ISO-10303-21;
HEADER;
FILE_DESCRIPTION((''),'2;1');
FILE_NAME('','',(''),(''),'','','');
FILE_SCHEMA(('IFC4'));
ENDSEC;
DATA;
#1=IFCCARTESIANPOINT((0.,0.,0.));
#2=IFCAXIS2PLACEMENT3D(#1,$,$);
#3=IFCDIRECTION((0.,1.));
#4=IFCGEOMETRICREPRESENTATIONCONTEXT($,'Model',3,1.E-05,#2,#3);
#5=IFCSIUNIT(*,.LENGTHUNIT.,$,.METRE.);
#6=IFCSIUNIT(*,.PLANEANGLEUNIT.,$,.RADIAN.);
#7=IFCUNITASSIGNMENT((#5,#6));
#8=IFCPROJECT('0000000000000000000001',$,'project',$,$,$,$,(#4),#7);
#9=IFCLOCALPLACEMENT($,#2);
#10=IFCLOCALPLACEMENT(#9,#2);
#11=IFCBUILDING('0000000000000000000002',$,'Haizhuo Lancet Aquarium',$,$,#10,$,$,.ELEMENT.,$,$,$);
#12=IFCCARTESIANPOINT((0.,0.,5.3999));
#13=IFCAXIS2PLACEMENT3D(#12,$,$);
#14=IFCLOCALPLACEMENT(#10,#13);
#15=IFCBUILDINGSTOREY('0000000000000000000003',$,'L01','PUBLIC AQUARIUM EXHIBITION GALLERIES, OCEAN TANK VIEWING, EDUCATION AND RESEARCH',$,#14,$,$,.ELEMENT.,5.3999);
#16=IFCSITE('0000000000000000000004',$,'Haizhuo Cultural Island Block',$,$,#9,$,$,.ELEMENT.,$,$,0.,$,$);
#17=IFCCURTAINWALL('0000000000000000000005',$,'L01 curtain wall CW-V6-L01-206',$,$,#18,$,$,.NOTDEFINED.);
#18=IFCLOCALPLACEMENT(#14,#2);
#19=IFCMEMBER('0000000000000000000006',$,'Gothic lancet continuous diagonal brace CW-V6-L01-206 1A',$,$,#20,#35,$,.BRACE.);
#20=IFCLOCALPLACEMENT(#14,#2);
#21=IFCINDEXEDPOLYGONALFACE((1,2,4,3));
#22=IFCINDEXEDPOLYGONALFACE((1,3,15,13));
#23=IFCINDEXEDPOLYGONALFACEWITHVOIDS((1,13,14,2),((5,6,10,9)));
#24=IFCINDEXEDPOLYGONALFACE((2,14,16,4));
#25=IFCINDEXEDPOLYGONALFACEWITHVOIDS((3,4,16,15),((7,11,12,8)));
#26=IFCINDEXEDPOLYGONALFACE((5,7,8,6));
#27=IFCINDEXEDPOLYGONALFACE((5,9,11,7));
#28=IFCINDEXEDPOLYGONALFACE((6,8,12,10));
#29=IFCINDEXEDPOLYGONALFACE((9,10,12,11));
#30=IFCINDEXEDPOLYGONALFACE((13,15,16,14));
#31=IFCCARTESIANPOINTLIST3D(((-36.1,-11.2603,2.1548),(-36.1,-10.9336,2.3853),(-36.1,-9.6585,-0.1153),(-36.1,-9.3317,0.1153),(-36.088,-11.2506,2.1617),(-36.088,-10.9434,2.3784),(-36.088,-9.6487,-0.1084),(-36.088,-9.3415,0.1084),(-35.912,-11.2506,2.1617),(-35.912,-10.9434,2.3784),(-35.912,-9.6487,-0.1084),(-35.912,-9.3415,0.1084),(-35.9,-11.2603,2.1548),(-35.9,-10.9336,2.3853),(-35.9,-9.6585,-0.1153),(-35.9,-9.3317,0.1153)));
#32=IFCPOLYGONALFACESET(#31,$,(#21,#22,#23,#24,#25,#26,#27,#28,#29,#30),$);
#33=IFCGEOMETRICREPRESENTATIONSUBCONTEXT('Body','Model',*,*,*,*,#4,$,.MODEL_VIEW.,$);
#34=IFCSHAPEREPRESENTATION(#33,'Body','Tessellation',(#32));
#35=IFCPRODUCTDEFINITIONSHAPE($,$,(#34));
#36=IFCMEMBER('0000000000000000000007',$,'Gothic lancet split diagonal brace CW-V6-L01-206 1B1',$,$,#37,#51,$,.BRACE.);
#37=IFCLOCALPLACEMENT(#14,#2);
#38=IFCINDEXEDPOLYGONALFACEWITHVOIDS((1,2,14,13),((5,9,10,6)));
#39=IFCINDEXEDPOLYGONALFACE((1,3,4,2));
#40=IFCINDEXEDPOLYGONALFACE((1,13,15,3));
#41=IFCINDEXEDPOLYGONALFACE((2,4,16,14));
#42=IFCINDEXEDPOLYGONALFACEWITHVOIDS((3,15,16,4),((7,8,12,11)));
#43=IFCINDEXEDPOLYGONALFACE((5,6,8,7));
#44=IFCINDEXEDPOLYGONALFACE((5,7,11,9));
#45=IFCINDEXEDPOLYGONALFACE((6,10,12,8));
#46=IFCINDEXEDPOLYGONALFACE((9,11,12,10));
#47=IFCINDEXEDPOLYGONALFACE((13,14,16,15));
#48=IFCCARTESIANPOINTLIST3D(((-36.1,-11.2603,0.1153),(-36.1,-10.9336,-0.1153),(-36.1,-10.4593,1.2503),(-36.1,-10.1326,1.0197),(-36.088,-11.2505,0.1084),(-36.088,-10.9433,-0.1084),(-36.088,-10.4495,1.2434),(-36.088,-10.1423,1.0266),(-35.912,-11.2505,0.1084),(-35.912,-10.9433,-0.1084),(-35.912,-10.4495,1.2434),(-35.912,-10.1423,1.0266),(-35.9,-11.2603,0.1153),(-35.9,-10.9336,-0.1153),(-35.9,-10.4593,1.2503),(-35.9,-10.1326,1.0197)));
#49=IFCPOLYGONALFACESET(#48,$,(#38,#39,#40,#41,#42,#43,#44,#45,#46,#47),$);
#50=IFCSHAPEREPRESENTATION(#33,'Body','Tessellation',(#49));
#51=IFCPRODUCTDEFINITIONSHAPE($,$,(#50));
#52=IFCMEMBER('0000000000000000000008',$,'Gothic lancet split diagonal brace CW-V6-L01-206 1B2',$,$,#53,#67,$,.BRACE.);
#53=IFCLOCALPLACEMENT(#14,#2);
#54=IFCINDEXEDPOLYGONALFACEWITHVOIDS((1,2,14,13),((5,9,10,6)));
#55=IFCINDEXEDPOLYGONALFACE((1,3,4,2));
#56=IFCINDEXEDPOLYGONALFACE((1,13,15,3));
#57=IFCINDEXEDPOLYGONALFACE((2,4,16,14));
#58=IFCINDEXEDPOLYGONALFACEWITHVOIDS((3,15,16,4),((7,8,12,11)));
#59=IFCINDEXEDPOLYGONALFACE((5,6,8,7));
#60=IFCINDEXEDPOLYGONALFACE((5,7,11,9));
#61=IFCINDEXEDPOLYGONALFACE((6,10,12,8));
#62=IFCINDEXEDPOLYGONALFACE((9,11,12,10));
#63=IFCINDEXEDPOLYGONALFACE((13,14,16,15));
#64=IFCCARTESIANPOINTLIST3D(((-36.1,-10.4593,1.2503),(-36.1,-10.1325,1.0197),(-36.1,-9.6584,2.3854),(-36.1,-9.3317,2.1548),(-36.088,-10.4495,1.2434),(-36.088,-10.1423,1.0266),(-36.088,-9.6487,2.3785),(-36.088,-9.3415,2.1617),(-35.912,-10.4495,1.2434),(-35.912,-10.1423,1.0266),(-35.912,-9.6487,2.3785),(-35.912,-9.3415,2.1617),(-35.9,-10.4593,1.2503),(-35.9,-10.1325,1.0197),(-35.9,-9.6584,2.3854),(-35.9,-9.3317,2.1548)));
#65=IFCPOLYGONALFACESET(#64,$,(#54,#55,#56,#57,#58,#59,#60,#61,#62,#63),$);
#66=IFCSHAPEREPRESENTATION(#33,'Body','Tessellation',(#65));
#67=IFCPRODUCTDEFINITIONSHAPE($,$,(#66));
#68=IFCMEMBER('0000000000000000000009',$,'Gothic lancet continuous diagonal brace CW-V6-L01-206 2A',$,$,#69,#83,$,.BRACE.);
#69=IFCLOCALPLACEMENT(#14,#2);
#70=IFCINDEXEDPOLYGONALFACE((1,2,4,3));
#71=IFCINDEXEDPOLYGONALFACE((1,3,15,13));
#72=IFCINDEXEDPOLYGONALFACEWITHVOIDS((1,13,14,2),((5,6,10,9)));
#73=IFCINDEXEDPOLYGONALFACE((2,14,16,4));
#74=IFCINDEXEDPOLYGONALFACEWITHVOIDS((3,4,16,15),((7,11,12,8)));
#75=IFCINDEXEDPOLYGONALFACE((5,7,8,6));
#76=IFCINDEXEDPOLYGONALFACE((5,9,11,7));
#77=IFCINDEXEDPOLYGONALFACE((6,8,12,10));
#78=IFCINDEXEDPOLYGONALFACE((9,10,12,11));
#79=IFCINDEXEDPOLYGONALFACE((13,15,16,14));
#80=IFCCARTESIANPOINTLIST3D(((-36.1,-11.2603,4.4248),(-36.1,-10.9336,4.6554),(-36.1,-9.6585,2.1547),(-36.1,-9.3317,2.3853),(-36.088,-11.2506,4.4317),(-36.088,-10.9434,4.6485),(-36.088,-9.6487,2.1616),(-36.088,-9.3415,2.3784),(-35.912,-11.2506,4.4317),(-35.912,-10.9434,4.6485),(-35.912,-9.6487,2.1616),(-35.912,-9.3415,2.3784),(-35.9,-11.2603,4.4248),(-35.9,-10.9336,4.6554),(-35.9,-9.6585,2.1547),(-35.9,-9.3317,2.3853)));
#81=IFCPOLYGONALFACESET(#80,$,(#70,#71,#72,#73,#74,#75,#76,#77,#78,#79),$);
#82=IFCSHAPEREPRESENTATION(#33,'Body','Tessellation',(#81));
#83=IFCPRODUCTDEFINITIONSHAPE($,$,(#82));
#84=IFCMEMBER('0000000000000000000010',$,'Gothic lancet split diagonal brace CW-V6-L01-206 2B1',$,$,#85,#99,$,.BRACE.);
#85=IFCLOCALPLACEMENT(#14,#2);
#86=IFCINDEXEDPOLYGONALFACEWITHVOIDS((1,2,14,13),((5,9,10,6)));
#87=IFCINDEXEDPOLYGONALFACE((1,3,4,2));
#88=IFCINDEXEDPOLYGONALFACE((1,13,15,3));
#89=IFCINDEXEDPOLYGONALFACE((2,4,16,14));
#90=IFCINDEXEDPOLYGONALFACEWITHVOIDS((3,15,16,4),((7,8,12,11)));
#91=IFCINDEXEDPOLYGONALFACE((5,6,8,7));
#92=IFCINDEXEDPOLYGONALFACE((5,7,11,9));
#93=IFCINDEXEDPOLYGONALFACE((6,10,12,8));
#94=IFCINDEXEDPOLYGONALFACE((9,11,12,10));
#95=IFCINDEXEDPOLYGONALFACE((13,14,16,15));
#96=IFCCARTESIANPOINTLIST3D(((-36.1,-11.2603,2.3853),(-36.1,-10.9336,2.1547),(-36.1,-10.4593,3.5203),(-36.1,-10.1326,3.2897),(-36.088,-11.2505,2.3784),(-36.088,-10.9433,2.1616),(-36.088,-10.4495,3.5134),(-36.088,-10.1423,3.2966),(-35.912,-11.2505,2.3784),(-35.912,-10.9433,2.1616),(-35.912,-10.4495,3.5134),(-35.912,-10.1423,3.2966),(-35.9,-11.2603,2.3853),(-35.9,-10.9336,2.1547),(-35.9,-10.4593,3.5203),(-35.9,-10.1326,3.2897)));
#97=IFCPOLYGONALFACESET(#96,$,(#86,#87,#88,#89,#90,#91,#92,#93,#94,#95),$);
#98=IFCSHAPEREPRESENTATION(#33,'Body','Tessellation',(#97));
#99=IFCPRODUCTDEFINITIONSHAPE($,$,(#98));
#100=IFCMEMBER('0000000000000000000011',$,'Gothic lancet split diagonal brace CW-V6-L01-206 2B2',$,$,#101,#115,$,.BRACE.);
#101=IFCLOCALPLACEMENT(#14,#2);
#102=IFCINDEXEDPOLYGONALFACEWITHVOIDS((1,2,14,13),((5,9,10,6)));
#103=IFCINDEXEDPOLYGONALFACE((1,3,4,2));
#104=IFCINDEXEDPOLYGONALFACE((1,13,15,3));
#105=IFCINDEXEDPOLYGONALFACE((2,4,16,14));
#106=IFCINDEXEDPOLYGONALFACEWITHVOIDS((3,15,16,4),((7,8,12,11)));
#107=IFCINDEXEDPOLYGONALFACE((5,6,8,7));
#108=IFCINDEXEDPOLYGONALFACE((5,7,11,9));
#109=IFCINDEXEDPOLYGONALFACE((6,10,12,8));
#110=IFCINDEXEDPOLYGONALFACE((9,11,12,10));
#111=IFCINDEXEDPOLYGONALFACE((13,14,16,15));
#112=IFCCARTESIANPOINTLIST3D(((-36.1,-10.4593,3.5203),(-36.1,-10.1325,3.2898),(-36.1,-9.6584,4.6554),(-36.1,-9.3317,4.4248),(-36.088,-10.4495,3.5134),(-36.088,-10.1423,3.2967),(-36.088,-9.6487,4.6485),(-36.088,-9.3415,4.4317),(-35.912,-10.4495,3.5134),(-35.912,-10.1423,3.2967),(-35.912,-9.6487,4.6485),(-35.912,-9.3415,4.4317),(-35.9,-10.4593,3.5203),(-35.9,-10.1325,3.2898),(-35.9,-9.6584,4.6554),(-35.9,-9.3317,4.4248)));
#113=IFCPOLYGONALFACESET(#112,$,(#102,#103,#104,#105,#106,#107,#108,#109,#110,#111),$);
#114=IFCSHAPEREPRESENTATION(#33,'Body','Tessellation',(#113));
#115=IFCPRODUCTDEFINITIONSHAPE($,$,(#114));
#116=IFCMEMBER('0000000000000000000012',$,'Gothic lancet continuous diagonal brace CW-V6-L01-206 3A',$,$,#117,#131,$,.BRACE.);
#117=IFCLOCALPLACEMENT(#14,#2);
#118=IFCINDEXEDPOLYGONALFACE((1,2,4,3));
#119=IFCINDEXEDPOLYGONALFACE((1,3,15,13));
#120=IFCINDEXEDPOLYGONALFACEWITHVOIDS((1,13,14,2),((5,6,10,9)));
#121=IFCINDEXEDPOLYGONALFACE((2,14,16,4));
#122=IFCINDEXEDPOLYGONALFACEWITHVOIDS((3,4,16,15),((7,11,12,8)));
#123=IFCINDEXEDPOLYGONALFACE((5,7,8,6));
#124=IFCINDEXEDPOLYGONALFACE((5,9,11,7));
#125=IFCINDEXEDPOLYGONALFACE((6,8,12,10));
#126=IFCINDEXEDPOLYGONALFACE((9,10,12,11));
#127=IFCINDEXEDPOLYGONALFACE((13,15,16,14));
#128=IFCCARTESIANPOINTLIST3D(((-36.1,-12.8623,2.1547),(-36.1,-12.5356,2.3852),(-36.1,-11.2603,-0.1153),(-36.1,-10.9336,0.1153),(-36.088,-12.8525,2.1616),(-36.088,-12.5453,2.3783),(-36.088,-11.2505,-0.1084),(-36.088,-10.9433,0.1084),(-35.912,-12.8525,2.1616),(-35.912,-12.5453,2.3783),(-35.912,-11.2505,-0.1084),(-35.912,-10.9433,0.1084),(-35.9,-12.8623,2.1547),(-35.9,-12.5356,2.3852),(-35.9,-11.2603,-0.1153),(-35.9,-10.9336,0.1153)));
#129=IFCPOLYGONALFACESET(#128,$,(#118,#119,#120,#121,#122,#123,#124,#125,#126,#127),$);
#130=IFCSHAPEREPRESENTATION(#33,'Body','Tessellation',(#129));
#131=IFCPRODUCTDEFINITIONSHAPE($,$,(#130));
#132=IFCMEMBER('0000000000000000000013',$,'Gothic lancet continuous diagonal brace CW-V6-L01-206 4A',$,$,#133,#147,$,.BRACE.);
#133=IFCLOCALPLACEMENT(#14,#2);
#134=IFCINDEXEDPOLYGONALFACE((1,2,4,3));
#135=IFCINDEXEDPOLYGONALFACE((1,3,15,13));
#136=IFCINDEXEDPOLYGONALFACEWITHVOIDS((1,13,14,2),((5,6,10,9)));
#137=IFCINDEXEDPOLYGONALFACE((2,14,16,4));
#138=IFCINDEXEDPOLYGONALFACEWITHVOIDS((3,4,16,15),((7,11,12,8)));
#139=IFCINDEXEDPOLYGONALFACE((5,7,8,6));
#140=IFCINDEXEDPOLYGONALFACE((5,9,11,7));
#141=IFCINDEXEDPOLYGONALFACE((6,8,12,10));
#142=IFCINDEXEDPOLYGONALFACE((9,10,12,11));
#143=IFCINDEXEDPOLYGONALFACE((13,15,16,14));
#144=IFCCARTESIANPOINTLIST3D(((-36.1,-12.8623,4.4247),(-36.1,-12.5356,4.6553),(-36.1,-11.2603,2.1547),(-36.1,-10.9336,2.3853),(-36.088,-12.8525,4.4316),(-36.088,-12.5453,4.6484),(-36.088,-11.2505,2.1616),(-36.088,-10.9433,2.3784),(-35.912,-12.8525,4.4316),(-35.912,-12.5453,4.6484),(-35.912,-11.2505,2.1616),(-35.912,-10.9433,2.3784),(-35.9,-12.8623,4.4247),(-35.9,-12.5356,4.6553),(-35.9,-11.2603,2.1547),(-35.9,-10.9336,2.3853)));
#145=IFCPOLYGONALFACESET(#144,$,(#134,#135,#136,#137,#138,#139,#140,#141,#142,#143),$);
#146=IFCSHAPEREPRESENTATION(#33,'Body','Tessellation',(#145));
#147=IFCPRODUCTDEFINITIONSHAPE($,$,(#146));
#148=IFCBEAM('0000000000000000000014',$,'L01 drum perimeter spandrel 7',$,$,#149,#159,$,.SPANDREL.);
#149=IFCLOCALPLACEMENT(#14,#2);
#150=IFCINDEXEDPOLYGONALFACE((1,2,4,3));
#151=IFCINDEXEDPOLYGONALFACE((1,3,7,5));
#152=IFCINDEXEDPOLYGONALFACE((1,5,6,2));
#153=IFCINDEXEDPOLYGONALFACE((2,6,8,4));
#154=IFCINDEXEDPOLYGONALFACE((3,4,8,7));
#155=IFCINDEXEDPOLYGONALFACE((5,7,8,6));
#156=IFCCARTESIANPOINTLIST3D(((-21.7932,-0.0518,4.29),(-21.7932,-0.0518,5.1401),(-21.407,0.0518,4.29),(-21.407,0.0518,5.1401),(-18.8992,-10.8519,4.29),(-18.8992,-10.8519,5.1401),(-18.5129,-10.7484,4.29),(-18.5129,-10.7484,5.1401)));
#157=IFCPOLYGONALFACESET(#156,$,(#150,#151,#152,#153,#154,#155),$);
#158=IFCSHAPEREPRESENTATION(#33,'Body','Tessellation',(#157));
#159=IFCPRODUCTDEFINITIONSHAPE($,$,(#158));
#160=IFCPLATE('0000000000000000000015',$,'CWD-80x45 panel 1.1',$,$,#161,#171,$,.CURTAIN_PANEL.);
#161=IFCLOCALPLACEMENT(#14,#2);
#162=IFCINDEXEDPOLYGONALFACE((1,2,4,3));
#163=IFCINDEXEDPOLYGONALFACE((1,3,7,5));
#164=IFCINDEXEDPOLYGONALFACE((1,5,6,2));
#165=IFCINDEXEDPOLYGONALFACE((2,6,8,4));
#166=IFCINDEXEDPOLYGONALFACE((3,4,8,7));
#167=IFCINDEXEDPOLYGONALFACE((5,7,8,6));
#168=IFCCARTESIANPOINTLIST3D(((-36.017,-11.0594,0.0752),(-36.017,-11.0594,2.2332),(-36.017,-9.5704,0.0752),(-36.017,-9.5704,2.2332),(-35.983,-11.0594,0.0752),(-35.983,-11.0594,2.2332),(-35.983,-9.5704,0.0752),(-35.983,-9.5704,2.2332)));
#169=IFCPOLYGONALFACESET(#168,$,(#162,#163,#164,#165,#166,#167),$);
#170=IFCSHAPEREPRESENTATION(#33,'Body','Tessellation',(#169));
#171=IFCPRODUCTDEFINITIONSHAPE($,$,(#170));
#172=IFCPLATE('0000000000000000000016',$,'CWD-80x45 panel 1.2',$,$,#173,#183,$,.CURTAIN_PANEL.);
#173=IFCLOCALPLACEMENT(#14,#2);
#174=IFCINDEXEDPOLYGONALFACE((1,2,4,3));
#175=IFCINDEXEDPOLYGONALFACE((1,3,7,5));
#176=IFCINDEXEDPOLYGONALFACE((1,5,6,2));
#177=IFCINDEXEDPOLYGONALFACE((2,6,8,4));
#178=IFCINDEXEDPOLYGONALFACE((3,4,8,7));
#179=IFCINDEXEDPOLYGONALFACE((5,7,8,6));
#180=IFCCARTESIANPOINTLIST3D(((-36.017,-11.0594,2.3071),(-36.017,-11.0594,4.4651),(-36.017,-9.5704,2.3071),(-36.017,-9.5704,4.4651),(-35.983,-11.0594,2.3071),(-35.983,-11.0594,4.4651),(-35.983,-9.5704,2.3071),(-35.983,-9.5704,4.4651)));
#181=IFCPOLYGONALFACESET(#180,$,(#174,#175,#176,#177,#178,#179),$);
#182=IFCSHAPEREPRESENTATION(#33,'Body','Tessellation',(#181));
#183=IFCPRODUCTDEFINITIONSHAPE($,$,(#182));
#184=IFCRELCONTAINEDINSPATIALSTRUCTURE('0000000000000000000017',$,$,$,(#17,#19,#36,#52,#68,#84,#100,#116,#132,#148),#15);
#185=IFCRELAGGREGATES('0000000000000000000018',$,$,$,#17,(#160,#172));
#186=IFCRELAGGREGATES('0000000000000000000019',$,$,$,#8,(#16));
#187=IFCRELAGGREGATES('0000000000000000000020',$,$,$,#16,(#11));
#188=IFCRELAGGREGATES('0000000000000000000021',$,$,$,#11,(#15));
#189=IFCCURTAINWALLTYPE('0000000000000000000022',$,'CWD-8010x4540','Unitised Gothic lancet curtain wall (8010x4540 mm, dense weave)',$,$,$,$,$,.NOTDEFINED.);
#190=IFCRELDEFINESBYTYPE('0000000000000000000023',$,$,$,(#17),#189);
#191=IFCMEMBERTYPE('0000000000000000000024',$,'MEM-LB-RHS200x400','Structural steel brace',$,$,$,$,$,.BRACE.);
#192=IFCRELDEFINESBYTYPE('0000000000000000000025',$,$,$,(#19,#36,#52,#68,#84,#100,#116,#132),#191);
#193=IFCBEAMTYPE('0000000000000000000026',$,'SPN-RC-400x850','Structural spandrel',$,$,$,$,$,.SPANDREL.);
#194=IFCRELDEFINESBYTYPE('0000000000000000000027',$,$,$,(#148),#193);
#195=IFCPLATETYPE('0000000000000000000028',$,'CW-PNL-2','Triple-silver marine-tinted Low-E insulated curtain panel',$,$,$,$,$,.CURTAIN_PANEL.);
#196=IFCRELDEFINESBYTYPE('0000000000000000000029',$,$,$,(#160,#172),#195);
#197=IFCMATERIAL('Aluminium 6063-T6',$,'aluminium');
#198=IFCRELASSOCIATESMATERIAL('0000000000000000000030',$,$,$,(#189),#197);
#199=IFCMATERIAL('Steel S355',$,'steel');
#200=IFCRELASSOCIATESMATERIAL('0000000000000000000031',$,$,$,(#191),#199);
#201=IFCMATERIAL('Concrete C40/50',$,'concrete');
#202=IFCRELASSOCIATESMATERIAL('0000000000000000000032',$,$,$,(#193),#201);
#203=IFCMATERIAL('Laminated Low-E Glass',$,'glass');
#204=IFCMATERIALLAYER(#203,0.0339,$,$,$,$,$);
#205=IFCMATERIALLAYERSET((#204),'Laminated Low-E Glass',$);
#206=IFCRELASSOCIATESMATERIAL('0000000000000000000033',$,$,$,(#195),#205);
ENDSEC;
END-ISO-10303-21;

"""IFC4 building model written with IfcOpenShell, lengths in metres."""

from ifc_helpers import new_model, si_unit, direction, frame, origin, origin_2d, place, context, subcontext, project, spatial, rectangle, hollow_rectangle, extrude, material, layer, layer_set, material_profile, profile_set, type_object, element, aggregate, save


model = new_model("IFC4")

# Units and contexts
model_context = context("Model", 3, precision=1e-05, world=origin(), true_north=direction((0.0, 1.0)))
body_context = subcontext(model_context, "Body", "Model", "MODEL_VIEW")
ifc_project = project(units=[si_unit("LENGTHUNIT", "METRE"), si_unit("PLANEANGLEUNIT", "RADIAN")], contexts=[model_context])

# Site, building, storey
site_placement = place(None, origin())
site = spatial("IfcSite", under=ifc_project, at=site_placement, Name="Haizhuo Cultural Island Block", CompositionType="ELEMENT", RefElevation=0.0)
building_placement = place(site_placement, origin())
building = spatial("IfcBuilding", under=site, at=building_placement, Name="Haizhuo Lancet Aquarium", CompositionType="ELEMENT")
storey_placement = place(building_placement, frame((0.0, 0.0, 5.3999)))
storey = spatial("IfcBuildingStorey", under=building, at=storey_placement, Name="L01", Description="PUBLIC AQUARIUM EXHIBITION GALLERIES, OCEAN TANK VIEWING, EDUCATION AND RESEARCH", CompositionType="ELEMENT", Elevation=5.3999)

# Shared definitions
ifc_material_1 = material(Name="Concrete C40/50", Category="concrete")

# Curtain wall
ifc_material_2 = material(Name="Aluminium 6063-T6", Category="aluminium")
curtain_wall_type = type_object("IfcCurtainWallType", Name="CWD-8010x4540", Description="Unitised Gothic lancet curtain wall (8010x4540 mm, dense weave)", PredefinedType="NOTDEFINED", material=ifc_material_2)
curtain_wall_placement = place(storey_placement, origin())
curtain_wall = element("IfcCurtainWall", 1, at=curtain_wall_placement, inside=storey, type_object=curtain_wall_type, Name="L01 curtain wall CW-V6-L01-206", PredefinedType="NOTDEFINED")

# Members
ifc_material_3 = material(Name="Steel S355", Category="steel")
ifc_material_profile_1 = material_profile(ifc_material_3, hollow_rectangle(XDim=0.2, YDim=0.3999, WallThickness=0.012, at=origin_2d()), Name="RHS 200x400x12")
ifc_profile_set_1 = profile_set([ifc_material_profile_1], Name="Steel S355")
member_type_1 = type_object("IfcMemberType", Name="MEM-LB-RHS200x400", Description="Structural steel brace", PredefinedType="BRACE", material=ifc_profile_set_1)
member_1_placement = place(storey_placement, frame((-36.0, -9.4951, 0.0), z_axis=(0.0, -0.576549, 0.817063), x_axis=(1.0, 0.0, 0.0)))
element("IfcMember", 2, at=member_1_placement, inside=storey, type_object=member_type_1, Name="Gothic lancet continuous diagonal brace CW-V6-L01-206 1A", PredefinedType="BRACE", context=body_context, shape_type="SweptSolid", body=[
    extrude(hollow_rectangle(XDim=0.2, YDim=0.3999, WallThickness=0.012, at=origin_2d()), origin(), (0.0, 0.0, 1.0), 2.7783),
])
for number, where, z_axis, x_axis, name in (
    (3, (-36.0, -11.0969, 0.0), (0.0, 0.576607, 0.817021), (-1.0, 0.0, 0.0), "Gothic lancet split diagonal brace CW-V6-L01-206 1B1"),
    (4, (-36.0, -10.2959, 1.135), (0.0, 0.57649, 0.817104), (-1.0, 0.0, 0.0), "Gothic lancet split diagonal brace CW-V6-L01-206 1B2"),
):
    element("IfcMember", number, at=place(storey_placement, frame(where, z_axis=z_axis, x_axis=x_axis)), inside=storey, type_object=member_type_1, Name=name, PredefinedType="BRACE", context=body_context, shape_type="SweptSolid", body=[
        extrude(hollow_rectangle(XDim=0.2, YDim=0.3999, WallThickness=0.012, at=origin_2d()), origin(), (0.0, 0.0, 1.0), 1.3892),
    ])
member_2_placement = place(storey_placement, frame((-36.0, -9.4951, 2.27), z_axis=(0.0, -0.576549, 0.817063), x_axis=(1.0, 0.0, 0.0)))
element("IfcMember", 5, at=member_2_placement, inside=storey, type_object=member_type_1, Name="Gothic lancet continuous diagonal brace CW-V6-L01-206 2A", PredefinedType="BRACE", context=body_context, shape_type="SweptSolid", body=[
    extrude(hollow_rectangle(XDim=0.2, YDim=0.3999, WallThickness=0.012, at=origin_2d()), origin(), (0.0, 0.0, 1.0), 2.7783),
])
for number, where, z_axis, x_axis, name in (
    (6, (-36.0, -11.0969, 2.27), (0.0, 0.576607, 0.817021), (-1.0, 0.0, 0.0), "Gothic lancet split diagonal brace CW-V6-L01-206 2B1"),
    (7, (-36.0, -10.2959, 3.405), (0.0, 0.57649, 0.817104), (-1.0, 0.0, 0.0), "Gothic lancet split diagonal brace CW-V6-L01-206 2B2"),
):
    element("IfcMember", number, at=place(storey_placement, frame(where, z_axis=z_axis, x_axis=x_axis)), inside=storey, type_object=member_type_1, Name=name, PredefinedType="BRACE", context=body_context, shape_type="SweptSolid", body=[
        extrude(hollow_rectangle(XDim=0.2, YDim=0.3999, WallThickness=0.012, at=origin_2d()), origin(), (0.0, 0.0, 1.0), 1.3892),
    ])
for number, where, z_axis, x_axis, name in (
    (8, (-36.0, -11.0969, 0.0), (0.0, -0.576607, 0.817021), (1.0, 0.0, 0.0), "Gothic lancet continuous diagonal brace CW-V6-L01-206 3A"),
    (9, (-36.0, -11.0969, 2.27), (0.0, -0.576607, 0.817021), (1.0, 0.0, 0.0), "Gothic lancet continuous diagonal brace CW-V6-L01-206 4A"),
):
    element("IfcMember", number, at=place(storey_placement, frame(where, z_axis=z_axis, x_axis=x_axis)), inside=storey, type_object=member_type_1, Name=name, PredefinedType="BRACE", context=body_context, shape_type="SweptSolid", body=[
        extrude(hollow_rectangle(XDim=0.2, YDim=0.3999, WallThickness=0.012, at=origin_2d()), origin(), (0.0, 0.0, 1.0), 2.7783),
    ])

# Beam
ifc_material_profile_2 = material_profile(ifc_material_1, rectangle(XDim=0.3999, YDim=0.8501, at=origin_2d()), Name="RC-SP 400x850")
ifc_profile_set_2 = profile_set([ifc_material_profile_2], Name="Concrete C40/50")
beam_type = type_object("IfcBeamType", Name="SPN-RC-400x850", Description="Structural spandrel", PredefinedType="SPANDREL", material=ifc_profile_set_2)
beam_placement = place(storey_placement, frame((-21.6001, 0.0, 4.7151), z_axis=(0.258834, -0.965922, 0.0), x_axis=(0.965922, 0.258834, 0.0)))
element("IfcBeam", 10, at=beam_placement, inside=storey, type_object=beam_type, Name="L01 drum perimeter spandrel 7", PredefinedType="SPANDREL", context=body_context, shape_type="SweptSolid", body=[
    extrude(rectangle(XDim=0.3999, YDim=0.8501, at=origin_2d()), origin(), (0.0, 0.0, 1.0), 11.1812),
])

# Plates
ifc_material_4 = material(Name="Laminated Low-E Glass", Category="glass")
ifc_layer_1 = layer(ifc_material_4, 0.0339)
ifc_layer_set_1 = layer_set([ifc_layer_1], Name="Laminated Low-E Glass")
plate_type = type_object("IfcPlateType", Name="CW-PNL-2", Description="Triple-silver marine-tinted Low-E insulated curtain panel", PredefinedType="CURTAIN_PANEL", material=ifc_layer_set_1)
plate_1_placement = place(storey_placement, frame((-36.0, -10.3149, 0.0752), z_axis=(0.0, 0.0, 1.0), x_axis=(0.0, -1.0, 0.0)))
plate_1 = element("IfcPlate", 11, at=plate_1_placement, type_object=plate_type, Name="CWD-80x45 panel 1.1", PredefinedType="CURTAIN_PANEL", context=body_context, shape_type="SweptSolid", body=[
    extrude(rectangle(XDim=1.489, YDim=0.0339, at=origin_2d()), origin(), (0.0, 0.0, 1.0), 2.158),
])
plate_2_placement = place(storey_placement, frame((-36.0, -10.3149, 2.3071), z_axis=(0.0, 0.0, 1.0), x_axis=(0.0, -1.0, 0.0)))
plate_2 = element("IfcPlate", 12, at=plate_2_placement, type_object=plate_type, Name="CWD-80x45 panel 1.2", PredefinedType="CURTAIN_PANEL", context=body_context, shape_type="SweptSolid", body=[
    extrude(rectangle(XDim=1.489, YDim=0.0339, at=origin_2d()), origin(), (0.0, 0.0, 1.0), 2.158),
])
aggregate(curtain_wall, [plate_1, plate_2])

save(model, "model.ifc")
